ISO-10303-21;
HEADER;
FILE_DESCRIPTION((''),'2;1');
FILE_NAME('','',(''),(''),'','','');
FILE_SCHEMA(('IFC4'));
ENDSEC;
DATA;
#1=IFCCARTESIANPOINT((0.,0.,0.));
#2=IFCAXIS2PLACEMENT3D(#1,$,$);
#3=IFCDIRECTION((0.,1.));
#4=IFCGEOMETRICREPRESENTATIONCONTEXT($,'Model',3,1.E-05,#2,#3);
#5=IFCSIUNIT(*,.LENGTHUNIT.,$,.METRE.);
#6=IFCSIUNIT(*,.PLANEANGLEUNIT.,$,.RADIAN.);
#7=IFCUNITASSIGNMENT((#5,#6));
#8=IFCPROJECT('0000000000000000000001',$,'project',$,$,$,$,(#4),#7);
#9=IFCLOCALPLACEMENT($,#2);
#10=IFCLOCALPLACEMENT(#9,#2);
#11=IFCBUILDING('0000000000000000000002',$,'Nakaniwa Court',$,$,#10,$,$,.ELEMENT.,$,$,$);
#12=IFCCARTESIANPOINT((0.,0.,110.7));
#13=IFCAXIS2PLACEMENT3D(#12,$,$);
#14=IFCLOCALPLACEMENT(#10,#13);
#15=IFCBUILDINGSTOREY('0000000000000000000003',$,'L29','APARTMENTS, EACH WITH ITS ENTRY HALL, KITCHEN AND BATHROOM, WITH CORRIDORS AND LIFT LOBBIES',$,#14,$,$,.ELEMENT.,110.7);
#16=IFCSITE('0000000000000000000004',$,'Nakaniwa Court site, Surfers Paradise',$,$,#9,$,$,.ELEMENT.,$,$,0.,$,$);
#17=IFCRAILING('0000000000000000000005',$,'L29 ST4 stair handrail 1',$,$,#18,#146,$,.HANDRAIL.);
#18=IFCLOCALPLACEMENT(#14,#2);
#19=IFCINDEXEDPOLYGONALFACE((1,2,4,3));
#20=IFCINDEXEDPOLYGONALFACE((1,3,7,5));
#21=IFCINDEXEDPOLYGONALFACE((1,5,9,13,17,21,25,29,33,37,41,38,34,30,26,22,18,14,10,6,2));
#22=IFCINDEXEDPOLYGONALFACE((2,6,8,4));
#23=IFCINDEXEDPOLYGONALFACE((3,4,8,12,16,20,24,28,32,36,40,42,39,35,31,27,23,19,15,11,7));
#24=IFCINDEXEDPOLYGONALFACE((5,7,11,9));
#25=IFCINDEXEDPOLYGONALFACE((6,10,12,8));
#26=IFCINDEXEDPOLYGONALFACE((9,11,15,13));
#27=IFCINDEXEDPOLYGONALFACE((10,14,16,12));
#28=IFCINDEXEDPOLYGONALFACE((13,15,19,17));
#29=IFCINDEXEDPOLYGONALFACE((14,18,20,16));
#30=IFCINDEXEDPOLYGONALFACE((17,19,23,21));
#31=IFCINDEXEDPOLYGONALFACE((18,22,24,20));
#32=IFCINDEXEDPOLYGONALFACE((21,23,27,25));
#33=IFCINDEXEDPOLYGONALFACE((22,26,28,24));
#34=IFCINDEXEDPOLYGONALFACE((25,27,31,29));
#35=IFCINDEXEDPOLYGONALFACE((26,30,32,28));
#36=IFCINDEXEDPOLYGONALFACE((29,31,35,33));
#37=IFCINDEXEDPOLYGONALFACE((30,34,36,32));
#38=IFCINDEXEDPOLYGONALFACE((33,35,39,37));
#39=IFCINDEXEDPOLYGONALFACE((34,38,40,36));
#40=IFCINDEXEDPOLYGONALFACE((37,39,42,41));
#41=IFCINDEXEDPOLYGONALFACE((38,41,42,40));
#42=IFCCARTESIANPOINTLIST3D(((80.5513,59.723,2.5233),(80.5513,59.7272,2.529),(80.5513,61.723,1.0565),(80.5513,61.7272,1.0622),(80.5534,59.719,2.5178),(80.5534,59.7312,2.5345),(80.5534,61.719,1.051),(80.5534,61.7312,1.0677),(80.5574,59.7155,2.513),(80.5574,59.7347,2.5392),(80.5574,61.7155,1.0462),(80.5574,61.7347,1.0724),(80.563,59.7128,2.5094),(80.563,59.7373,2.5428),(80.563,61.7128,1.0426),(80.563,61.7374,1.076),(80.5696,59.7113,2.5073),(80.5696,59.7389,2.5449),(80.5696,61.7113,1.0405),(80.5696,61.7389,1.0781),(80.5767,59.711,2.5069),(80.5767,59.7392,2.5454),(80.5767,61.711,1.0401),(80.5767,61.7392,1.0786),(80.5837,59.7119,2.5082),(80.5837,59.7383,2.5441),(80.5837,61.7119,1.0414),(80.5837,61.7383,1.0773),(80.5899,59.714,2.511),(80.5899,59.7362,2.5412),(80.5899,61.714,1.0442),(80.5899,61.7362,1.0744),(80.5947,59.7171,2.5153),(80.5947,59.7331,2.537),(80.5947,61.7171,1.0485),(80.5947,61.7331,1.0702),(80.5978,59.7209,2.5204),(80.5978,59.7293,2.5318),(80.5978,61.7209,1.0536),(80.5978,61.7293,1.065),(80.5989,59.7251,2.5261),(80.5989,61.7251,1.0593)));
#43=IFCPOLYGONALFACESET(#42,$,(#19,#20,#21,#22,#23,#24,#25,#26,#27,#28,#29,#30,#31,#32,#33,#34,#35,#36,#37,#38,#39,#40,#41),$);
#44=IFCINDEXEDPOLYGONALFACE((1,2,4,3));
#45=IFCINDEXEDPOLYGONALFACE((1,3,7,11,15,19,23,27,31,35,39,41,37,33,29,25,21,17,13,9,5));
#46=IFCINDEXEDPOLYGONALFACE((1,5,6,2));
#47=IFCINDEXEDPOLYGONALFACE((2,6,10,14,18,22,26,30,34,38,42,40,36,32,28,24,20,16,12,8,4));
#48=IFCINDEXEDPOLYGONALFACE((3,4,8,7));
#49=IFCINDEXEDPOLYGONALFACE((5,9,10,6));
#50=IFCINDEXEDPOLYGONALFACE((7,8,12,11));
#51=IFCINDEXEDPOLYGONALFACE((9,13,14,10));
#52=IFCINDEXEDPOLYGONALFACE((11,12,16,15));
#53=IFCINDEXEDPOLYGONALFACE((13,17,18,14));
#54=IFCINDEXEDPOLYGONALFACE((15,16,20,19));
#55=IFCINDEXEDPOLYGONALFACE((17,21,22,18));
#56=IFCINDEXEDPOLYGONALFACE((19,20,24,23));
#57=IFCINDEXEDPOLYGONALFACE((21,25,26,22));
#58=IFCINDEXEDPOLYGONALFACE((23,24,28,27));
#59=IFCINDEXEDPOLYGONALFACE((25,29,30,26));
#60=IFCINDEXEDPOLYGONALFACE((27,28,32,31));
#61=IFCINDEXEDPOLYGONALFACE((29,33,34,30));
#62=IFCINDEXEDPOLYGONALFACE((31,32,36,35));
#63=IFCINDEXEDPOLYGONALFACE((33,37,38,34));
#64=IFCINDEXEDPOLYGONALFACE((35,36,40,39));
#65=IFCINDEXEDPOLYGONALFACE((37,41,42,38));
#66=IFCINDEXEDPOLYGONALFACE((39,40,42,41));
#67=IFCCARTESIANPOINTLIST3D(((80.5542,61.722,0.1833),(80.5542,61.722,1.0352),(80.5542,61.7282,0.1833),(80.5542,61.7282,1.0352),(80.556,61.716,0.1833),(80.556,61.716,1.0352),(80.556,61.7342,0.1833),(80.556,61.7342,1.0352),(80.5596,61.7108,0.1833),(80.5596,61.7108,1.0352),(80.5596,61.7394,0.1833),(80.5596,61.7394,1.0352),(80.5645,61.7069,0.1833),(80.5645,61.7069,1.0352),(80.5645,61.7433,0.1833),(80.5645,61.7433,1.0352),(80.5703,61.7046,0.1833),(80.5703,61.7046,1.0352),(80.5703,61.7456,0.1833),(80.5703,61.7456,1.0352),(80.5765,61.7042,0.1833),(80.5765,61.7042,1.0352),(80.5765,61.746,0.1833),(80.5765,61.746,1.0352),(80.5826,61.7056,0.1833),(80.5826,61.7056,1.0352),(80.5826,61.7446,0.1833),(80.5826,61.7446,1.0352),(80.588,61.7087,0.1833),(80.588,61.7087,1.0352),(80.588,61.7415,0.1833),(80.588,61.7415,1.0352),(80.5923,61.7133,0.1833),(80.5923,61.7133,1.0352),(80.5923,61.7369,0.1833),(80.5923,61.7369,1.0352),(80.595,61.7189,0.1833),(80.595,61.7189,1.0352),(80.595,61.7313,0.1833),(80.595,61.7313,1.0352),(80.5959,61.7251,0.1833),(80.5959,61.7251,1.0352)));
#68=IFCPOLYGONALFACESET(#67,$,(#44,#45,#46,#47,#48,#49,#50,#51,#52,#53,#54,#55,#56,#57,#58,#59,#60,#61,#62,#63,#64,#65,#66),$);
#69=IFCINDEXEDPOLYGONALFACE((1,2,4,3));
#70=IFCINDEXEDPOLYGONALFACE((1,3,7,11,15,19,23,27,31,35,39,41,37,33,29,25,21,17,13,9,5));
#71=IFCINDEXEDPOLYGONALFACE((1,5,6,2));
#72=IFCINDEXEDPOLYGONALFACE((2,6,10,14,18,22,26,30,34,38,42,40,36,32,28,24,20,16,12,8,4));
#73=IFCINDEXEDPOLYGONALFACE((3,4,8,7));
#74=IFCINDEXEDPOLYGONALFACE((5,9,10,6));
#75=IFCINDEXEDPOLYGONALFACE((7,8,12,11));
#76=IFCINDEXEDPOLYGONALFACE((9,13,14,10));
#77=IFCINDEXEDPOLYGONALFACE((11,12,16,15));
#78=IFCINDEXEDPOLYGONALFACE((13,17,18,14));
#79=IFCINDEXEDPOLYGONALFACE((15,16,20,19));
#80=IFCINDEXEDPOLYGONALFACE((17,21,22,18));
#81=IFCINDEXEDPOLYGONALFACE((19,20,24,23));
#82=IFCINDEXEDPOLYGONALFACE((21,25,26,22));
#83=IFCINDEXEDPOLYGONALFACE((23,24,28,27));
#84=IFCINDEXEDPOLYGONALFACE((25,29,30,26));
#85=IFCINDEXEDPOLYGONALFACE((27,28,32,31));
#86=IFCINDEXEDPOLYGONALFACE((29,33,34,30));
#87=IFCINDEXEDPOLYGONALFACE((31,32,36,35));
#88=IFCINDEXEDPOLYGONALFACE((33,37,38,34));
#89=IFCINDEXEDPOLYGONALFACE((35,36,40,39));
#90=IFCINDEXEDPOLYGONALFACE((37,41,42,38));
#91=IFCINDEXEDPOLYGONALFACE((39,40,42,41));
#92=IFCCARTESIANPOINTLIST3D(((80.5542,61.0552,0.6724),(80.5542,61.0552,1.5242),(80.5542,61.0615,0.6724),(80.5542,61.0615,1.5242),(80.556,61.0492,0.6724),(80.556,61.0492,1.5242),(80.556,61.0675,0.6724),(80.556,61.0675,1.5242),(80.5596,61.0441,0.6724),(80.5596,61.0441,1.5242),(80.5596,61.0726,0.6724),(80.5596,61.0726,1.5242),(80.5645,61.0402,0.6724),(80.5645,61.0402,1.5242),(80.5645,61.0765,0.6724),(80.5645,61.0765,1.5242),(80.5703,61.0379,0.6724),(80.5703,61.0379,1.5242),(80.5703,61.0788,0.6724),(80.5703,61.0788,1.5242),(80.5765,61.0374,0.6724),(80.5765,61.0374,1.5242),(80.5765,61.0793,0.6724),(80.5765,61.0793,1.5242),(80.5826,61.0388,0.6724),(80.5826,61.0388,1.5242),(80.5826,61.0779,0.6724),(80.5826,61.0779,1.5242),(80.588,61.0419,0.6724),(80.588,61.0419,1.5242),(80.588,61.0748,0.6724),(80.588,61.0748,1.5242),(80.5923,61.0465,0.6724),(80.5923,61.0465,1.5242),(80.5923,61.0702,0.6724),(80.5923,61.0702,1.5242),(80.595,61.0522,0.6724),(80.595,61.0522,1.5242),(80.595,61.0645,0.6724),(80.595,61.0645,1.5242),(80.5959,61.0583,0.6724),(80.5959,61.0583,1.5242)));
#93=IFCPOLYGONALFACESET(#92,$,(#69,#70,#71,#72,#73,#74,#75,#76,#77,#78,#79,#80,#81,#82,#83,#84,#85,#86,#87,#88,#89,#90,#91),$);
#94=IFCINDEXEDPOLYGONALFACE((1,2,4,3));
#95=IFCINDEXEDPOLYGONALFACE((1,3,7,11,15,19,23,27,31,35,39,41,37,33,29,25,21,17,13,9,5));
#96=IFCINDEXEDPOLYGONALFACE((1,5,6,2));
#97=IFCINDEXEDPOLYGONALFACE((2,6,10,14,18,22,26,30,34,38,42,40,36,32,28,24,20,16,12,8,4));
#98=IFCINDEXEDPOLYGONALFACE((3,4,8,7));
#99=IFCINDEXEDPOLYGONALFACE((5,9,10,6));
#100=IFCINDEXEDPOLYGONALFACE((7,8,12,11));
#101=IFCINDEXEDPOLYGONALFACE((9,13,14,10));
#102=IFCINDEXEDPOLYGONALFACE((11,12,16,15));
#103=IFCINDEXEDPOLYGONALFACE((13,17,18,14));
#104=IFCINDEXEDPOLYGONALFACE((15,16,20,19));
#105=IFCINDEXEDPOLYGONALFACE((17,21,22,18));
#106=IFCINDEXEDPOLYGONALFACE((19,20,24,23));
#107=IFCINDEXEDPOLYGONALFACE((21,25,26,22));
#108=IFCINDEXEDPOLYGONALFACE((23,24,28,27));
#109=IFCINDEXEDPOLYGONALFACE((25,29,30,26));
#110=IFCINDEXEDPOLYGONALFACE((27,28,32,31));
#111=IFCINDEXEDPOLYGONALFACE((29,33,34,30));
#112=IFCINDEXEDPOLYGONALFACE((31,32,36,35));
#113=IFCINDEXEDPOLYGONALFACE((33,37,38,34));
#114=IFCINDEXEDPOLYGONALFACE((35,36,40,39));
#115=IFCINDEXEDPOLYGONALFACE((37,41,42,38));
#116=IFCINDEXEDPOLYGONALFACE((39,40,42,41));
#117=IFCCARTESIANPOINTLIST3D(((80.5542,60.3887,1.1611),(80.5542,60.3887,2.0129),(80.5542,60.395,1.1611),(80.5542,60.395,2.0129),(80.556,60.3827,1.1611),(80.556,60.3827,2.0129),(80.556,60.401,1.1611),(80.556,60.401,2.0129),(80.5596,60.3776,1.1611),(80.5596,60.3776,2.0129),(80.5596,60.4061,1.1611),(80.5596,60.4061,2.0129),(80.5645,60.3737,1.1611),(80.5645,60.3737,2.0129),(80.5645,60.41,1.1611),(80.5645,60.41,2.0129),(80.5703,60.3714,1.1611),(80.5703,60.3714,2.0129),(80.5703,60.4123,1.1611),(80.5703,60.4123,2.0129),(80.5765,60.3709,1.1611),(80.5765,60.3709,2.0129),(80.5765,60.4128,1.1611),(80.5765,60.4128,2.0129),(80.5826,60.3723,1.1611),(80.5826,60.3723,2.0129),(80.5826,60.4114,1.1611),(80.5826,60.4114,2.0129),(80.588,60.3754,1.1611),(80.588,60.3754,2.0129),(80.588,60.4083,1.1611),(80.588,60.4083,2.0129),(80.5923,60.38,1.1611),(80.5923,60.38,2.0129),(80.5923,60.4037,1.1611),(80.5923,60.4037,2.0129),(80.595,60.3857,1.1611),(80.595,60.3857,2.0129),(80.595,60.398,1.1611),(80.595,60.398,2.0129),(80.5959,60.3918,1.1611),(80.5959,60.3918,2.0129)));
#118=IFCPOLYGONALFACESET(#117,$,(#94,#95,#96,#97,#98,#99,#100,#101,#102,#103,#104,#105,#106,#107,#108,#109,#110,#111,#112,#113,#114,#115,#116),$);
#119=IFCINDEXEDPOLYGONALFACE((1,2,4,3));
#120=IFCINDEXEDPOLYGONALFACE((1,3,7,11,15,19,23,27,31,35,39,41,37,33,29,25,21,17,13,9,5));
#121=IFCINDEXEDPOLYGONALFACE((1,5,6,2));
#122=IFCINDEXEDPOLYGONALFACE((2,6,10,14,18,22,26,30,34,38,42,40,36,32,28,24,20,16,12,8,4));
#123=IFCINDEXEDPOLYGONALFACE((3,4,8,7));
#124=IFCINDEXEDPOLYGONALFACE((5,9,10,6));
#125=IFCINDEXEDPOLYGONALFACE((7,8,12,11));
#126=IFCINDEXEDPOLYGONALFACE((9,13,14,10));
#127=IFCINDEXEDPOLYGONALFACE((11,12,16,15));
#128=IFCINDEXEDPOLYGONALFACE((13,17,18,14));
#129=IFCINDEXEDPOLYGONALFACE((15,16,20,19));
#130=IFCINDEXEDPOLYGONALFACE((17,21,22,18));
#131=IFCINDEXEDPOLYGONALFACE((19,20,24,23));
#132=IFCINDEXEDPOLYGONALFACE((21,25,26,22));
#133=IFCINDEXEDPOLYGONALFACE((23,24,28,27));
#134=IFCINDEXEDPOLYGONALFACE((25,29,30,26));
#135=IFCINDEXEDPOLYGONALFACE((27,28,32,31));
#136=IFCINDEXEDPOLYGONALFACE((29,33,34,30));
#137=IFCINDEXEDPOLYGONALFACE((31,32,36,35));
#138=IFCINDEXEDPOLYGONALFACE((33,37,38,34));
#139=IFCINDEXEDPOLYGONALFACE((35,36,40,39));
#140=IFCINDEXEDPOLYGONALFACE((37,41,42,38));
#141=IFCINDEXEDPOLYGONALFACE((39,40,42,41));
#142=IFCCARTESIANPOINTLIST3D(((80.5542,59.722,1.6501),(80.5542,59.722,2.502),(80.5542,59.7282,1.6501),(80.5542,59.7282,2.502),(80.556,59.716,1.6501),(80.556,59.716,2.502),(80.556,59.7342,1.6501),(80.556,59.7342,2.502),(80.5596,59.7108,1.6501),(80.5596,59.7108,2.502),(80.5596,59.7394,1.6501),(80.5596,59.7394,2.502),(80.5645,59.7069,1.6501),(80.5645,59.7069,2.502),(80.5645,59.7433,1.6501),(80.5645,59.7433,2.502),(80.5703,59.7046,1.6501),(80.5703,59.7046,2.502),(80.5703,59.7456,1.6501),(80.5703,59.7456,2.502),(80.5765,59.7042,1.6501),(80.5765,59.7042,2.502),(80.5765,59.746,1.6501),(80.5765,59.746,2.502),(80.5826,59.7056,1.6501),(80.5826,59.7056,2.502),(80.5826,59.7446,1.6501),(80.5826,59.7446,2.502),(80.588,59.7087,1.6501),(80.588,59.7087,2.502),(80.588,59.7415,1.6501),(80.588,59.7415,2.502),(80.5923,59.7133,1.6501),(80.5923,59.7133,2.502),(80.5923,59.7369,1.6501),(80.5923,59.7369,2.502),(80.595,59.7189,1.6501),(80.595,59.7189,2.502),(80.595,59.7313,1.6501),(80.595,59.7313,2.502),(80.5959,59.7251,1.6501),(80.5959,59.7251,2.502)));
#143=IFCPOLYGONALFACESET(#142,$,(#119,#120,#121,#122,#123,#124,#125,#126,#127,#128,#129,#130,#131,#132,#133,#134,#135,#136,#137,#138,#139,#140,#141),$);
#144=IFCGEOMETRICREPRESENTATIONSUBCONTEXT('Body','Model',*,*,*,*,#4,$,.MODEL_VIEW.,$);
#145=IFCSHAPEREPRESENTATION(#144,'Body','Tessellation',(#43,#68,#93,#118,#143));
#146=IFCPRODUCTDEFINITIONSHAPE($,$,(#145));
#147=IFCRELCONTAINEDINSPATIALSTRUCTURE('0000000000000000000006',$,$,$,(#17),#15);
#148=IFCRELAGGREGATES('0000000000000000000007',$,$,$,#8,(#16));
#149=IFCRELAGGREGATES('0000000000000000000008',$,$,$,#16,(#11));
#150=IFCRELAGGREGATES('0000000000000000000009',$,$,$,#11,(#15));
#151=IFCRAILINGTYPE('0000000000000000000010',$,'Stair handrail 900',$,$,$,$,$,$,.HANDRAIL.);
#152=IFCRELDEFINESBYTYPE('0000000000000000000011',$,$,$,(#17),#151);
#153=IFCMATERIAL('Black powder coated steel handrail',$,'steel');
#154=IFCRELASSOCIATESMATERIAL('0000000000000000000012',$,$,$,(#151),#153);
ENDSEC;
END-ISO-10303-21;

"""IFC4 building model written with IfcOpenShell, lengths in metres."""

from ifc_helpers import new_model, si_unit, direction, frame, origin, origin_2d, place, context, subcontext, project, spatial, circle, extrude, material, type_object, element, save


model = new_model("IFC4")

# Units and contexts
model_context = context("Model", 3, precision=1e-05, world=origin(), true_north=direction((0.0, 1.0)))
body_context = subcontext(model_context, "Body", "Model", "MODEL_VIEW")
ifc_project = project(units=[si_unit("LENGTHUNIT", "METRE"), si_unit("PLANEANGLEUNIT", "RADIAN")], contexts=[model_context])

# Site, building, storey
site_placement = place(None, origin())
site = spatial("IfcSite", under=ifc_project, at=site_placement, Name="Nakaniwa Court site, Surfers Paradise", CompositionType="ELEMENT", RefElevation=0.0)
building_placement = place(site_placement, origin())
building = spatial("IfcBuilding", under=site, at=building_placement, Name="Nakaniwa Court", CompositionType="ELEMENT")
storey_placement = place(building_placement, frame((0.0, 0.0, 110.7)))
storey = spatial("IfcBuildingStorey", under=building, at=storey_placement, Name="L29", Description="APARTMENTS, EACH WITH ITS ENTRY HALL, KITCHEN AND BATHROOM, WITH CORRIDORS AND LIFT LOBBIES", CompositionType="ELEMENT", Elevation=110.7)

# Railing
ifc_material_1 = material(Name="Black powder coated steel handrail", Category="steel")
railing_type_1 = type_object("IfcRailingType", Name="Stair handrail 900", PredefinedType="HANDRAIL", material=ifc_material_1)
railing_1_placement = place(storey_placement, frame((80.575, 61.7251, 0.1833)))
element("IfcRailing", 1, at=railing_1_placement, inside=storey, type_object=railing_type_1, Name="L29 ST4 stair handrail 1", PredefinedType="HANDRAIL", context=body_context, shape_type="SweptSolid", body=[
    extrude(circle(Radius=0.0239, at=origin_2d()), frame((0.0, 0.0, 0.876), z_axis=(0.0, -0.80638, 0.591398), x_axis=(1.0, 0.0, 0.0)), (0.0, 0.0, 1.0), 2.4802),
    extrude(circle(Radius=0.021, at=origin_2d()), origin(), (0.0, 0.0, 1.0), 0.8518),
    extrude(circle(Radius=0.021, at=origin_2d()), frame((0.0, -0.6667, 0.489)), (0.0, 0.0, 1.0), 0.8518),
    extrude(circle(Radius=0.021, at=origin_2d()), frame((0.0, -1.3333, 0.9778)), (0.0, 0.0, 1.0), 0.8518),
    extrude(circle(Radius=0.021, at=origin_2d()), frame((0.0, -2.0, 1.4668)), (0.0, 0.0, 1.0), 0.8518),
])

save(model, "model.ifc")
